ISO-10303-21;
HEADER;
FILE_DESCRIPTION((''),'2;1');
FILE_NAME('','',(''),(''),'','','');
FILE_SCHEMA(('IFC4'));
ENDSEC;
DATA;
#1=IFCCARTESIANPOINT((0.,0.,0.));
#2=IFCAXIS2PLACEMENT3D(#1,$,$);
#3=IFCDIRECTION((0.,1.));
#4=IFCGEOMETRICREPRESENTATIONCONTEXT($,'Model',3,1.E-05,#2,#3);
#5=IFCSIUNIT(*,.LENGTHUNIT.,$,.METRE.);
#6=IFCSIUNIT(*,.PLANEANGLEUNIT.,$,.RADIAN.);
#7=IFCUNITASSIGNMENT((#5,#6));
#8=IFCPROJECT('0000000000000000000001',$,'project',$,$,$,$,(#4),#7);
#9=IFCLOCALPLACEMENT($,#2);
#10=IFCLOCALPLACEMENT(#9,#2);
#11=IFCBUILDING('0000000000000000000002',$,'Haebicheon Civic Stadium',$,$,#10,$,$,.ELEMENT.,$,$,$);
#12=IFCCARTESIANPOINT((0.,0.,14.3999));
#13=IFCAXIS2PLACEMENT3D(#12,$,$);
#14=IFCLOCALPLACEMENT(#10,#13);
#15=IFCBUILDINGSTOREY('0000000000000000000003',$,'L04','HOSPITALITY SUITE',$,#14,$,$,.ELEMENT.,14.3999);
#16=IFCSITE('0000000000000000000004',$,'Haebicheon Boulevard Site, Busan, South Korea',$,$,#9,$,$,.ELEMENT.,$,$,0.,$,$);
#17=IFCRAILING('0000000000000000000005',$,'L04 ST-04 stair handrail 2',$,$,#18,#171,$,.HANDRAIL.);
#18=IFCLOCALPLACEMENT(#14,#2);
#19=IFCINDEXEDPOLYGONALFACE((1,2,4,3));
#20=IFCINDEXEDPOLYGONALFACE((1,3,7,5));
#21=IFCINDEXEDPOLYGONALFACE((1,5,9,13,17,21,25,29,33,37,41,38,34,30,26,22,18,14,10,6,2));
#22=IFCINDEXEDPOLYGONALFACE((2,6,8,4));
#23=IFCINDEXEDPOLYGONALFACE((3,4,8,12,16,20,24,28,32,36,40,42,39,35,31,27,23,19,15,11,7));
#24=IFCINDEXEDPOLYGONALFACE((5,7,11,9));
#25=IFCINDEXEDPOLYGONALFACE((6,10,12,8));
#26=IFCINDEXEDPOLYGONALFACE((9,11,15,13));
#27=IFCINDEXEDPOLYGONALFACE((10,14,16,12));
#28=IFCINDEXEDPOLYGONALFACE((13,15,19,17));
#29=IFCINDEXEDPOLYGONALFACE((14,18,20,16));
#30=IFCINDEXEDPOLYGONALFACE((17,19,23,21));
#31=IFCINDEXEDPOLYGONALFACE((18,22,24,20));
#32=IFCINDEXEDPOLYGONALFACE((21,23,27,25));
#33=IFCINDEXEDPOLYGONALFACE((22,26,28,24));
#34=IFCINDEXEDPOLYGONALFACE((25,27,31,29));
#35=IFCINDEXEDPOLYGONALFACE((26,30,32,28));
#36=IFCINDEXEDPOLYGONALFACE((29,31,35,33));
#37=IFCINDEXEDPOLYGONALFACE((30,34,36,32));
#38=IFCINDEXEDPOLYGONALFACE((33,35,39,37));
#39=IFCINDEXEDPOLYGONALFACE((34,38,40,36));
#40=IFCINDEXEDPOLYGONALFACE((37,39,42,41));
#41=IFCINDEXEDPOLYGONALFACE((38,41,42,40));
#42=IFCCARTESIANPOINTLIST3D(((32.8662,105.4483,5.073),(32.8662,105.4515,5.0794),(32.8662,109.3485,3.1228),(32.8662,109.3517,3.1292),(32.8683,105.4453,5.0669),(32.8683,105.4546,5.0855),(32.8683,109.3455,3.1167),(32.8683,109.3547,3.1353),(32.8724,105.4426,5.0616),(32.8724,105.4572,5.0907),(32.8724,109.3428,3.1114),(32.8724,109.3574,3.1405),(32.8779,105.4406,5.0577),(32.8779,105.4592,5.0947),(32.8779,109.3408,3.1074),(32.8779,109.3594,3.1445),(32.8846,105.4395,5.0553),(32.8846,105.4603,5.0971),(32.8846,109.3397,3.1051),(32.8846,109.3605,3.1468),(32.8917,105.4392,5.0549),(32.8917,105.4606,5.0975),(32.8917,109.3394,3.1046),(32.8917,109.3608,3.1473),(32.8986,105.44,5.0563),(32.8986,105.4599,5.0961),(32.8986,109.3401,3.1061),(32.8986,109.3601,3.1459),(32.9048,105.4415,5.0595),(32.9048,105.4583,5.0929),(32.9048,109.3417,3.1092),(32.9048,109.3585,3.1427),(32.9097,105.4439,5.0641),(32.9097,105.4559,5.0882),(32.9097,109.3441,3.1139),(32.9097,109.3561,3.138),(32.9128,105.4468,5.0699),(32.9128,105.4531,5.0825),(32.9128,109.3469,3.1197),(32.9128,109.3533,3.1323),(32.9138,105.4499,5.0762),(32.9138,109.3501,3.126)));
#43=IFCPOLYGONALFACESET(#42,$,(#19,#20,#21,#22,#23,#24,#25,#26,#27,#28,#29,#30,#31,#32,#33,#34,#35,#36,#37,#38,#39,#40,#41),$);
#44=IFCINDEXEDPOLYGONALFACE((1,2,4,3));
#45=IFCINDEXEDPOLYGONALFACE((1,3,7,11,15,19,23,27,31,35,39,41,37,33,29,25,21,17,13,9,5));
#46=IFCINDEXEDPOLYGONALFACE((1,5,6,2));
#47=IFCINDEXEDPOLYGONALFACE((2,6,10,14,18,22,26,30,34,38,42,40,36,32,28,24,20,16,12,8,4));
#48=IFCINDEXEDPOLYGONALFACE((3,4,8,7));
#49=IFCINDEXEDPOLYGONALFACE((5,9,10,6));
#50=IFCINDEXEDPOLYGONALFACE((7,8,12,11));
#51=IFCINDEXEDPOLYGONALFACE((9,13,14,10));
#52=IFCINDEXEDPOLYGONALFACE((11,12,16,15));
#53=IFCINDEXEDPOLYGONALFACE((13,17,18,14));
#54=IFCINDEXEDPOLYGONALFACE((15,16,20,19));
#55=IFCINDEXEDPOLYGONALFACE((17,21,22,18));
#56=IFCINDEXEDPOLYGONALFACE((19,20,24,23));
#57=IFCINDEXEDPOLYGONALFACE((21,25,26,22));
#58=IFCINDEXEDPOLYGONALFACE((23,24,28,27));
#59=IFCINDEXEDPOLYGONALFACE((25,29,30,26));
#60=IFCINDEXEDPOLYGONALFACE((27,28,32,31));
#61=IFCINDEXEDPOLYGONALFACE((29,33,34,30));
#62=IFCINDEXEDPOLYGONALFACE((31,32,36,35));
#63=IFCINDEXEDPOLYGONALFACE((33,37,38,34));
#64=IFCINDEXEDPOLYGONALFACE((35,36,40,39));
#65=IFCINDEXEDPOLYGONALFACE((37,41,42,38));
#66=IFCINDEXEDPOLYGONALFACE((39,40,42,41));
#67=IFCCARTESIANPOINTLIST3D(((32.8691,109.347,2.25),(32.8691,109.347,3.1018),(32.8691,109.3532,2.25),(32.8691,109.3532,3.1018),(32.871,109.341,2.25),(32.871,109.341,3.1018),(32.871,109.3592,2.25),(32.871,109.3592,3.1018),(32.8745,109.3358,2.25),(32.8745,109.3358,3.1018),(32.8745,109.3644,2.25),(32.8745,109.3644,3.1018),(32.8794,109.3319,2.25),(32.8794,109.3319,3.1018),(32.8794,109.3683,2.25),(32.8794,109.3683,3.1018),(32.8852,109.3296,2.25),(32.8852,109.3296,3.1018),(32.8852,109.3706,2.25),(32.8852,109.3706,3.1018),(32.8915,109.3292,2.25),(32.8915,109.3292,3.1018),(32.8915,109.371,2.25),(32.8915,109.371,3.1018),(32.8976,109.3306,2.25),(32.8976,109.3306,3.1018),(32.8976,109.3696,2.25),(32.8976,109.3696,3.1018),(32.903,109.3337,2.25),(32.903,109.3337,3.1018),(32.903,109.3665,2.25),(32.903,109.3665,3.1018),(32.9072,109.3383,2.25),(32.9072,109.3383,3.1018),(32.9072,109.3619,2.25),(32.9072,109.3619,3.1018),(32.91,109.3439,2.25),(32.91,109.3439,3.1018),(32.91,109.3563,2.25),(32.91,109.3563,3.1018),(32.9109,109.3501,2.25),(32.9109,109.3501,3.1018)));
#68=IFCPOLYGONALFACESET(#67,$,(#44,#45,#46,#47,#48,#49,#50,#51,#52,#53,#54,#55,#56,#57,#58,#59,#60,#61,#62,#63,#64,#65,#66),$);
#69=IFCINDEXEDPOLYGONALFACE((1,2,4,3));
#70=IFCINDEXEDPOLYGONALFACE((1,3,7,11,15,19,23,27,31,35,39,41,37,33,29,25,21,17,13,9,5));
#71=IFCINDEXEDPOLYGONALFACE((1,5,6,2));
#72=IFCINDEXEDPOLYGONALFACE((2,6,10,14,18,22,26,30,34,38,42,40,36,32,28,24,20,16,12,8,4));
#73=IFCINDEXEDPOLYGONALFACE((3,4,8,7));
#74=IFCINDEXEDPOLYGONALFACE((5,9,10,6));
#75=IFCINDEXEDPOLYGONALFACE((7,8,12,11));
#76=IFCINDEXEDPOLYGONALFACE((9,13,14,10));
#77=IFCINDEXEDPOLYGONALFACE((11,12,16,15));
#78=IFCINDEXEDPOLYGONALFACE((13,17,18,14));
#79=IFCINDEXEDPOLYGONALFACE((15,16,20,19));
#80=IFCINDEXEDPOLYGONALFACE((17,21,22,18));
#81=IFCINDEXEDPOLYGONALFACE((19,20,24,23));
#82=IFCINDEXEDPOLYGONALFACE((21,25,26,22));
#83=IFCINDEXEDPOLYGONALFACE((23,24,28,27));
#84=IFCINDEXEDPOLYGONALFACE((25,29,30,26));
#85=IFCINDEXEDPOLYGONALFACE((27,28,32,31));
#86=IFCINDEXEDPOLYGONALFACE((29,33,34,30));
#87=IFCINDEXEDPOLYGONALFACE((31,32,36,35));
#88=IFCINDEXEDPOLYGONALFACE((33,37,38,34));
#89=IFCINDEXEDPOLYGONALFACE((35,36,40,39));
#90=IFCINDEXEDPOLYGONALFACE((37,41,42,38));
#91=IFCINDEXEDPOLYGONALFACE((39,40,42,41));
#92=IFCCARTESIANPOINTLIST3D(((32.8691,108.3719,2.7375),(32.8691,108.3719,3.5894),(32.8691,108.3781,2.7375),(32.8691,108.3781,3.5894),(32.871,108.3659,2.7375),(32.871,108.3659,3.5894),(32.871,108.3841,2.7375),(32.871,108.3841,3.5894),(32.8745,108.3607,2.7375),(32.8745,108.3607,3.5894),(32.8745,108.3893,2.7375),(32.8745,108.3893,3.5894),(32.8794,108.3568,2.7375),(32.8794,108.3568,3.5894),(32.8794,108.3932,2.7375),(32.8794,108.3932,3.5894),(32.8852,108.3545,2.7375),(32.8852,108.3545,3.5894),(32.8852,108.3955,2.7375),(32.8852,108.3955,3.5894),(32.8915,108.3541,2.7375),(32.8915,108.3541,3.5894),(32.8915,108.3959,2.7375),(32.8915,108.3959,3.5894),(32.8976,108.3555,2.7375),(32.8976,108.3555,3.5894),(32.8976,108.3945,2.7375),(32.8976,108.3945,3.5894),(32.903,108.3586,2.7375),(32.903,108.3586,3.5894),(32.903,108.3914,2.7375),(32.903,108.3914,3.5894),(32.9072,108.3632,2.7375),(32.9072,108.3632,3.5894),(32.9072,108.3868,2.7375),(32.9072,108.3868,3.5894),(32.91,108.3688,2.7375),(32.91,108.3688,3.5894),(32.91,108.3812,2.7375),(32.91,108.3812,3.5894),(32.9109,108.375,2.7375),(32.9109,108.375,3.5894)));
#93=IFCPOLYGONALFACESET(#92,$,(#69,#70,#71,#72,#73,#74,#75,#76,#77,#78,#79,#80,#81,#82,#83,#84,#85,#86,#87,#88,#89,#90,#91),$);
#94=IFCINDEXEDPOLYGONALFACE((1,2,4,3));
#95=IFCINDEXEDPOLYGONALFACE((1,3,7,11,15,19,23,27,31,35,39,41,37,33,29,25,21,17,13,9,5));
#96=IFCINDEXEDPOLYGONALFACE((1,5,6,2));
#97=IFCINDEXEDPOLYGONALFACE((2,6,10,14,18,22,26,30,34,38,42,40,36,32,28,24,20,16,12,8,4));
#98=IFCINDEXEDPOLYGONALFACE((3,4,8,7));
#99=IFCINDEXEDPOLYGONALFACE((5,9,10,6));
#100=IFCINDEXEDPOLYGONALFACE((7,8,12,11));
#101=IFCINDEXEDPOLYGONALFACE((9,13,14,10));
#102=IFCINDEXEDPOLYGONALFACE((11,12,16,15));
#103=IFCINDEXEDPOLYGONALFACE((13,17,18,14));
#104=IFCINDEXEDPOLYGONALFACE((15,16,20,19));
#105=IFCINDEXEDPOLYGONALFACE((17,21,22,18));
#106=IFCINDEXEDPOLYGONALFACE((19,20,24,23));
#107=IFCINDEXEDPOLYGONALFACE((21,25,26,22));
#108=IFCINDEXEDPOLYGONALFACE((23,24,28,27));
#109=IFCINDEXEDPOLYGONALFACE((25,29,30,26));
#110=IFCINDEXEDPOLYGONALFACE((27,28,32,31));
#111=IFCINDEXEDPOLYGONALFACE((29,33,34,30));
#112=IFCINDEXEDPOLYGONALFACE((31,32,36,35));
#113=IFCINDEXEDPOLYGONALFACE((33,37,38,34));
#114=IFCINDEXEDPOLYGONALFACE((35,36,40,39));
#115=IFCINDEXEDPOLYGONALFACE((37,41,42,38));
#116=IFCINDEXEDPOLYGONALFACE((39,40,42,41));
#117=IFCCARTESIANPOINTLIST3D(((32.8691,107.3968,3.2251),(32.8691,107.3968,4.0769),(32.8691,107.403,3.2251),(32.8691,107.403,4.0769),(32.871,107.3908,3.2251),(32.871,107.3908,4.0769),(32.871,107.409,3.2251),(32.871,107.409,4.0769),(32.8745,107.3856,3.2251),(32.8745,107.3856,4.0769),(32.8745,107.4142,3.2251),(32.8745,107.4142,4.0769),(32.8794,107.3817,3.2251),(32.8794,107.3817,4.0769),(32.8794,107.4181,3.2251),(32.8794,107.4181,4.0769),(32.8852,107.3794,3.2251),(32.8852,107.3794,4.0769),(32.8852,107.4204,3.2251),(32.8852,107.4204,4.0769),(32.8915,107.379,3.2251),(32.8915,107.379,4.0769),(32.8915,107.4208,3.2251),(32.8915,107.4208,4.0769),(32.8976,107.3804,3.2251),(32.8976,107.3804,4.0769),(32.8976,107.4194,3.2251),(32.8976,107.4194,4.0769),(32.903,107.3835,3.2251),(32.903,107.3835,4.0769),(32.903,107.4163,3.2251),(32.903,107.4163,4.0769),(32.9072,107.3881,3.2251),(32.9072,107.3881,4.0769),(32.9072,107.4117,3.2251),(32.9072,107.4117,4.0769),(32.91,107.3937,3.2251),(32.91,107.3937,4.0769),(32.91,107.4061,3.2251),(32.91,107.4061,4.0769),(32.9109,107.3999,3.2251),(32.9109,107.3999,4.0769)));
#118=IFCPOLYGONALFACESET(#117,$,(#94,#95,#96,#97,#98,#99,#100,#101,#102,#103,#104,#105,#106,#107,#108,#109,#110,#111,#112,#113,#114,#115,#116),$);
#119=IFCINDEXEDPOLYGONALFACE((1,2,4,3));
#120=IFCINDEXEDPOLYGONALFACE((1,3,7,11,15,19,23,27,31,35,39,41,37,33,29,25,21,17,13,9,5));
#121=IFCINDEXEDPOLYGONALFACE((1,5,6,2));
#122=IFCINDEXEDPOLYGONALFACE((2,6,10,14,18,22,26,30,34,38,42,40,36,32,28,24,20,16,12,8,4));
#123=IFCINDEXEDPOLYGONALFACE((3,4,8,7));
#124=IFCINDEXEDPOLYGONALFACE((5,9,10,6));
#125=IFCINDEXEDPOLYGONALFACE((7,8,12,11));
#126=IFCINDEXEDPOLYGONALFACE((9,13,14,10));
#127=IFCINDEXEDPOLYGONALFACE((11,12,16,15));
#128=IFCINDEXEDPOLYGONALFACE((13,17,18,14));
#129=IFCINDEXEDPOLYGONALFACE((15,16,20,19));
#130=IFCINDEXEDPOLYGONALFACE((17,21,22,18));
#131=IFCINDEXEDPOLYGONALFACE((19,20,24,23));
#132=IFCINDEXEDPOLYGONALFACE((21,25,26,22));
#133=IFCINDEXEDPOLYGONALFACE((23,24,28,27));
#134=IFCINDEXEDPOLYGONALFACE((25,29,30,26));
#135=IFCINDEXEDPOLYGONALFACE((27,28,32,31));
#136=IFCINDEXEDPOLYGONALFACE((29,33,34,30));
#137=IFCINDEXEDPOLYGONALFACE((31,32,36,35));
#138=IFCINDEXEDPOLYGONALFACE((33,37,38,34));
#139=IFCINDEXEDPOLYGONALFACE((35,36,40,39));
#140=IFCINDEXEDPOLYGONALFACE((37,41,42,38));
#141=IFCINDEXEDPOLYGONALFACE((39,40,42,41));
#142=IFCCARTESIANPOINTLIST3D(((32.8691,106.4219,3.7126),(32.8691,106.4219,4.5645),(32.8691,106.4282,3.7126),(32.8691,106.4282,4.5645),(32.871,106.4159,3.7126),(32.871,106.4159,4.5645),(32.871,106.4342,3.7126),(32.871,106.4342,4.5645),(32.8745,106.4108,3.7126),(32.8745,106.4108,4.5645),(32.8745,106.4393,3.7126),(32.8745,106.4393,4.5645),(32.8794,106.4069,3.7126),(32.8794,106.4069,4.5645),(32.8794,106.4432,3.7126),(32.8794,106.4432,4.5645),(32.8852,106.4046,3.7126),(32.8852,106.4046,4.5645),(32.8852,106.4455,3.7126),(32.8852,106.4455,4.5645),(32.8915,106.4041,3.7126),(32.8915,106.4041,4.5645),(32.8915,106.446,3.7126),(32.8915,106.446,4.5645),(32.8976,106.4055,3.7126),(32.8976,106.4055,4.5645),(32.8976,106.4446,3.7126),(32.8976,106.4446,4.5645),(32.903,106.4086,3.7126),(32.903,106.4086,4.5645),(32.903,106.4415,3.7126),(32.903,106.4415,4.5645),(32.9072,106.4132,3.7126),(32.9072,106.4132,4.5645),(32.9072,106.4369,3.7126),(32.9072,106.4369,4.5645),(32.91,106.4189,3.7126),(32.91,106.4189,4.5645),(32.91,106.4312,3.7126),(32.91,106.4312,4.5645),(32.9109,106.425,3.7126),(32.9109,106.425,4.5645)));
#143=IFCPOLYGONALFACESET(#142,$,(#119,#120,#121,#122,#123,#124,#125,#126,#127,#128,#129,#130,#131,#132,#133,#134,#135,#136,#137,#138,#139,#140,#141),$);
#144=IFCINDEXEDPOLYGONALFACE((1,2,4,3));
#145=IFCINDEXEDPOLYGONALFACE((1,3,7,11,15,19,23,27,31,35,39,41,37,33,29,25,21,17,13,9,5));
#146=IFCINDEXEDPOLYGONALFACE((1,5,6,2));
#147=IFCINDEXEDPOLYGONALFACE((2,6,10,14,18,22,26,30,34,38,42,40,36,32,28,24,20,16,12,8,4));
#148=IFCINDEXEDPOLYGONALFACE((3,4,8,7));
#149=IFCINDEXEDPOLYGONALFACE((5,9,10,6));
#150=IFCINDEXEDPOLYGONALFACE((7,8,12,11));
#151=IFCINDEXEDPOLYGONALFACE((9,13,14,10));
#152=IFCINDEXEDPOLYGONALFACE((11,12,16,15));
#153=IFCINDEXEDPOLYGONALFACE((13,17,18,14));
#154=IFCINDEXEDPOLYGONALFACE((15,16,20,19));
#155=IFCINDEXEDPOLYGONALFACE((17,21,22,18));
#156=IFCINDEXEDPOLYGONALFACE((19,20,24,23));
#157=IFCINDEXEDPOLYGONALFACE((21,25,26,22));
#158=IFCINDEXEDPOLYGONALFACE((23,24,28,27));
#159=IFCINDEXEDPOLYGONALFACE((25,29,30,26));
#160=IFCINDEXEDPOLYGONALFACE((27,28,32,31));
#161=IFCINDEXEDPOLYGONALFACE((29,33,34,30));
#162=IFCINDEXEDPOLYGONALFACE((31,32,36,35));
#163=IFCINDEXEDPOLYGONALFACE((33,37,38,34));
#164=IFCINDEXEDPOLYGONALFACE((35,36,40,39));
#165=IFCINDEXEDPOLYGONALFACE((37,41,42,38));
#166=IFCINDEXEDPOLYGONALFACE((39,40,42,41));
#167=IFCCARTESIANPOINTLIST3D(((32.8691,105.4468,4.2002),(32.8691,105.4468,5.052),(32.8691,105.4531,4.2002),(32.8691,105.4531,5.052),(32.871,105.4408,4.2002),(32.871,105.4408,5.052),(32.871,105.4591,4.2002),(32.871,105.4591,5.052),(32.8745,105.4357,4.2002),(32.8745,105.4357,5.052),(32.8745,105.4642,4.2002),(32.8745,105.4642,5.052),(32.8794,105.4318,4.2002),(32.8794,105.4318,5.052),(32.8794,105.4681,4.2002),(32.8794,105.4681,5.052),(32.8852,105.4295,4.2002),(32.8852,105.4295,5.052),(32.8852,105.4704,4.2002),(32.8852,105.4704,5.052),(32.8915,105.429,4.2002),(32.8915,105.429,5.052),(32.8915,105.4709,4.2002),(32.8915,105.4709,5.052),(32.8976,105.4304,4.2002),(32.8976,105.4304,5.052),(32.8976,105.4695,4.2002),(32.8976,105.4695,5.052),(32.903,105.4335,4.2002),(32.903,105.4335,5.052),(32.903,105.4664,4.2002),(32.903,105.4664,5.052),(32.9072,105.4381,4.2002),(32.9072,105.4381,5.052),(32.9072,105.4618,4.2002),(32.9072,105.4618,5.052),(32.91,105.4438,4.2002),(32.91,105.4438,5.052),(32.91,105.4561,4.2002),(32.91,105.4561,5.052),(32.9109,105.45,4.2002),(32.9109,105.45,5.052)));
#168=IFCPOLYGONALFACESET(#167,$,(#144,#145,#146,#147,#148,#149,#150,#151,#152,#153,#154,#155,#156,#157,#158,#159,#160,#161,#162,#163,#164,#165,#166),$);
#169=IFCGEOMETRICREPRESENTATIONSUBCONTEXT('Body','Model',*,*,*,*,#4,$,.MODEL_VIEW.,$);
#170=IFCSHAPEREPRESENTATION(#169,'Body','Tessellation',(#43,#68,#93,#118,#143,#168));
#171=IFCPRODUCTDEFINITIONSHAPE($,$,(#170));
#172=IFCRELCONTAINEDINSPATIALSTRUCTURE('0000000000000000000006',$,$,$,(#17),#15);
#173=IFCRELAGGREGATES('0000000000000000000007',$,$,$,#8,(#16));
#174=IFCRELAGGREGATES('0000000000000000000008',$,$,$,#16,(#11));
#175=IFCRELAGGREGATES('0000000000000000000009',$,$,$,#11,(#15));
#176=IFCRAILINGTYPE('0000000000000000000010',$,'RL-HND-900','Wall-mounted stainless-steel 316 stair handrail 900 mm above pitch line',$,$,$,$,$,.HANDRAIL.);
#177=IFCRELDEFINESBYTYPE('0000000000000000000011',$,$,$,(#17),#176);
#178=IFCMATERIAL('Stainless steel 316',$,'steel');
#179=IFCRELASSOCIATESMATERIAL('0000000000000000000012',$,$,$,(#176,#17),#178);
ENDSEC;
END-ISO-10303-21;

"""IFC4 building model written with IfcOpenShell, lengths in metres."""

from ifc_helpers import new_model, si_unit, direction, frame, origin, origin_2d, place, context, subcontext, project, spatial, circle, extrude, material, type_object, element, save


model = new_model("IFC4")

# Units and contexts
model_context = context("Model", 3, precision=1e-05, world=origin(), true_north=direction((0.0, 1.0)))
body_context = subcontext(model_context, "Body", "Model", "MODEL_VIEW")
ifc_project = project(units=[si_unit("LENGTHUNIT", "METRE"), si_unit("PLANEANGLEUNIT", "RADIAN")], contexts=[model_context])

# Site, building, storey
site_placement = place(None, origin())
site = spatial("IfcSite", under=ifc_project, at=site_placement, Name="Haebicheon Boulevard Site, Busan, South Korea", CompositionType="ELEMENT", RefElevation=0.0)
building_placement = place(site_placement, origin())
building = spatial("IfcBuilding", under=site, at=building_placement, Name="Haebicheon Civic Stadium", CompositionType="ELEMENT")
storey_placement = place(building_placement, frame((0.0, 0.0, 14.3999)))
storey = spatial("IfcBuildingStorey", under=building, at=storey_placement, Name="L04", Description="HOSPITALITY SUITE", CompositionType="ELEMENT", Elevation=14.3999)

# Railing
ifc_material_1 = material(Name="Stainless steel 316", Category="steel")
railing_type_1 = type_object("IfcRailingType", Name="RL-HND-900", Description="Wall-mounted stainless-steel 316 stair handrail 900 mm above pitch line", PredefinedType="HANDRAIL", material=ifc_material_1)
railing_1_placement = place(storey_placement, frame((32.8899, 109.3501, 2.25)))
element("IfcRailing", 1, at=railing_1_placement, inside=storey, type_object=railing_type_1, material=ifc_material_1, Name="L04 ST-04 stair handrail 2", PredefinedType="HANDRAIL", context=body_context, shape_type="SweptSolid", body=[
    extrude(circle(Radius=0.0239, at=origin_2d()), frame((0.0, 0.0, 0.876), z_axis=(0.0, -0.894416, 0.447236), x_axis=(1.0, 0.0, 0.0)), (0.0, 0.0, 1.0), 4.3606),
    extrude(circle(Radius=0.021, at=origin_2d()), origin(), (0.0, 0.0, 1.0), 0.8518),
    extrude(circle(Radius=0.021, at=origin_2d()), frame((0.0, -0.9751, 0.4875)), (0.0, 0.0, 1.0), 0.8518),
    extrude(circle(Radius=0.021, at=origin_2d()), frame((0.0, -1.9502, 0.9751)), (0.0, 0.0, 1.0), 0.8518),
    extrude(circle(Radius=0.021, at=origin_2d()), frame((0.0, -2.925, 1.4626)), (0.0, 0.0, 1.0), 0.8518),
    extrude(circle(Radius=0.021, at=origin_2d()), frame((0.0, -3.9001, 1.9502)), (0.0, 0.0, 1.0), 0.8518),
])

save(model, "model.ifc")
